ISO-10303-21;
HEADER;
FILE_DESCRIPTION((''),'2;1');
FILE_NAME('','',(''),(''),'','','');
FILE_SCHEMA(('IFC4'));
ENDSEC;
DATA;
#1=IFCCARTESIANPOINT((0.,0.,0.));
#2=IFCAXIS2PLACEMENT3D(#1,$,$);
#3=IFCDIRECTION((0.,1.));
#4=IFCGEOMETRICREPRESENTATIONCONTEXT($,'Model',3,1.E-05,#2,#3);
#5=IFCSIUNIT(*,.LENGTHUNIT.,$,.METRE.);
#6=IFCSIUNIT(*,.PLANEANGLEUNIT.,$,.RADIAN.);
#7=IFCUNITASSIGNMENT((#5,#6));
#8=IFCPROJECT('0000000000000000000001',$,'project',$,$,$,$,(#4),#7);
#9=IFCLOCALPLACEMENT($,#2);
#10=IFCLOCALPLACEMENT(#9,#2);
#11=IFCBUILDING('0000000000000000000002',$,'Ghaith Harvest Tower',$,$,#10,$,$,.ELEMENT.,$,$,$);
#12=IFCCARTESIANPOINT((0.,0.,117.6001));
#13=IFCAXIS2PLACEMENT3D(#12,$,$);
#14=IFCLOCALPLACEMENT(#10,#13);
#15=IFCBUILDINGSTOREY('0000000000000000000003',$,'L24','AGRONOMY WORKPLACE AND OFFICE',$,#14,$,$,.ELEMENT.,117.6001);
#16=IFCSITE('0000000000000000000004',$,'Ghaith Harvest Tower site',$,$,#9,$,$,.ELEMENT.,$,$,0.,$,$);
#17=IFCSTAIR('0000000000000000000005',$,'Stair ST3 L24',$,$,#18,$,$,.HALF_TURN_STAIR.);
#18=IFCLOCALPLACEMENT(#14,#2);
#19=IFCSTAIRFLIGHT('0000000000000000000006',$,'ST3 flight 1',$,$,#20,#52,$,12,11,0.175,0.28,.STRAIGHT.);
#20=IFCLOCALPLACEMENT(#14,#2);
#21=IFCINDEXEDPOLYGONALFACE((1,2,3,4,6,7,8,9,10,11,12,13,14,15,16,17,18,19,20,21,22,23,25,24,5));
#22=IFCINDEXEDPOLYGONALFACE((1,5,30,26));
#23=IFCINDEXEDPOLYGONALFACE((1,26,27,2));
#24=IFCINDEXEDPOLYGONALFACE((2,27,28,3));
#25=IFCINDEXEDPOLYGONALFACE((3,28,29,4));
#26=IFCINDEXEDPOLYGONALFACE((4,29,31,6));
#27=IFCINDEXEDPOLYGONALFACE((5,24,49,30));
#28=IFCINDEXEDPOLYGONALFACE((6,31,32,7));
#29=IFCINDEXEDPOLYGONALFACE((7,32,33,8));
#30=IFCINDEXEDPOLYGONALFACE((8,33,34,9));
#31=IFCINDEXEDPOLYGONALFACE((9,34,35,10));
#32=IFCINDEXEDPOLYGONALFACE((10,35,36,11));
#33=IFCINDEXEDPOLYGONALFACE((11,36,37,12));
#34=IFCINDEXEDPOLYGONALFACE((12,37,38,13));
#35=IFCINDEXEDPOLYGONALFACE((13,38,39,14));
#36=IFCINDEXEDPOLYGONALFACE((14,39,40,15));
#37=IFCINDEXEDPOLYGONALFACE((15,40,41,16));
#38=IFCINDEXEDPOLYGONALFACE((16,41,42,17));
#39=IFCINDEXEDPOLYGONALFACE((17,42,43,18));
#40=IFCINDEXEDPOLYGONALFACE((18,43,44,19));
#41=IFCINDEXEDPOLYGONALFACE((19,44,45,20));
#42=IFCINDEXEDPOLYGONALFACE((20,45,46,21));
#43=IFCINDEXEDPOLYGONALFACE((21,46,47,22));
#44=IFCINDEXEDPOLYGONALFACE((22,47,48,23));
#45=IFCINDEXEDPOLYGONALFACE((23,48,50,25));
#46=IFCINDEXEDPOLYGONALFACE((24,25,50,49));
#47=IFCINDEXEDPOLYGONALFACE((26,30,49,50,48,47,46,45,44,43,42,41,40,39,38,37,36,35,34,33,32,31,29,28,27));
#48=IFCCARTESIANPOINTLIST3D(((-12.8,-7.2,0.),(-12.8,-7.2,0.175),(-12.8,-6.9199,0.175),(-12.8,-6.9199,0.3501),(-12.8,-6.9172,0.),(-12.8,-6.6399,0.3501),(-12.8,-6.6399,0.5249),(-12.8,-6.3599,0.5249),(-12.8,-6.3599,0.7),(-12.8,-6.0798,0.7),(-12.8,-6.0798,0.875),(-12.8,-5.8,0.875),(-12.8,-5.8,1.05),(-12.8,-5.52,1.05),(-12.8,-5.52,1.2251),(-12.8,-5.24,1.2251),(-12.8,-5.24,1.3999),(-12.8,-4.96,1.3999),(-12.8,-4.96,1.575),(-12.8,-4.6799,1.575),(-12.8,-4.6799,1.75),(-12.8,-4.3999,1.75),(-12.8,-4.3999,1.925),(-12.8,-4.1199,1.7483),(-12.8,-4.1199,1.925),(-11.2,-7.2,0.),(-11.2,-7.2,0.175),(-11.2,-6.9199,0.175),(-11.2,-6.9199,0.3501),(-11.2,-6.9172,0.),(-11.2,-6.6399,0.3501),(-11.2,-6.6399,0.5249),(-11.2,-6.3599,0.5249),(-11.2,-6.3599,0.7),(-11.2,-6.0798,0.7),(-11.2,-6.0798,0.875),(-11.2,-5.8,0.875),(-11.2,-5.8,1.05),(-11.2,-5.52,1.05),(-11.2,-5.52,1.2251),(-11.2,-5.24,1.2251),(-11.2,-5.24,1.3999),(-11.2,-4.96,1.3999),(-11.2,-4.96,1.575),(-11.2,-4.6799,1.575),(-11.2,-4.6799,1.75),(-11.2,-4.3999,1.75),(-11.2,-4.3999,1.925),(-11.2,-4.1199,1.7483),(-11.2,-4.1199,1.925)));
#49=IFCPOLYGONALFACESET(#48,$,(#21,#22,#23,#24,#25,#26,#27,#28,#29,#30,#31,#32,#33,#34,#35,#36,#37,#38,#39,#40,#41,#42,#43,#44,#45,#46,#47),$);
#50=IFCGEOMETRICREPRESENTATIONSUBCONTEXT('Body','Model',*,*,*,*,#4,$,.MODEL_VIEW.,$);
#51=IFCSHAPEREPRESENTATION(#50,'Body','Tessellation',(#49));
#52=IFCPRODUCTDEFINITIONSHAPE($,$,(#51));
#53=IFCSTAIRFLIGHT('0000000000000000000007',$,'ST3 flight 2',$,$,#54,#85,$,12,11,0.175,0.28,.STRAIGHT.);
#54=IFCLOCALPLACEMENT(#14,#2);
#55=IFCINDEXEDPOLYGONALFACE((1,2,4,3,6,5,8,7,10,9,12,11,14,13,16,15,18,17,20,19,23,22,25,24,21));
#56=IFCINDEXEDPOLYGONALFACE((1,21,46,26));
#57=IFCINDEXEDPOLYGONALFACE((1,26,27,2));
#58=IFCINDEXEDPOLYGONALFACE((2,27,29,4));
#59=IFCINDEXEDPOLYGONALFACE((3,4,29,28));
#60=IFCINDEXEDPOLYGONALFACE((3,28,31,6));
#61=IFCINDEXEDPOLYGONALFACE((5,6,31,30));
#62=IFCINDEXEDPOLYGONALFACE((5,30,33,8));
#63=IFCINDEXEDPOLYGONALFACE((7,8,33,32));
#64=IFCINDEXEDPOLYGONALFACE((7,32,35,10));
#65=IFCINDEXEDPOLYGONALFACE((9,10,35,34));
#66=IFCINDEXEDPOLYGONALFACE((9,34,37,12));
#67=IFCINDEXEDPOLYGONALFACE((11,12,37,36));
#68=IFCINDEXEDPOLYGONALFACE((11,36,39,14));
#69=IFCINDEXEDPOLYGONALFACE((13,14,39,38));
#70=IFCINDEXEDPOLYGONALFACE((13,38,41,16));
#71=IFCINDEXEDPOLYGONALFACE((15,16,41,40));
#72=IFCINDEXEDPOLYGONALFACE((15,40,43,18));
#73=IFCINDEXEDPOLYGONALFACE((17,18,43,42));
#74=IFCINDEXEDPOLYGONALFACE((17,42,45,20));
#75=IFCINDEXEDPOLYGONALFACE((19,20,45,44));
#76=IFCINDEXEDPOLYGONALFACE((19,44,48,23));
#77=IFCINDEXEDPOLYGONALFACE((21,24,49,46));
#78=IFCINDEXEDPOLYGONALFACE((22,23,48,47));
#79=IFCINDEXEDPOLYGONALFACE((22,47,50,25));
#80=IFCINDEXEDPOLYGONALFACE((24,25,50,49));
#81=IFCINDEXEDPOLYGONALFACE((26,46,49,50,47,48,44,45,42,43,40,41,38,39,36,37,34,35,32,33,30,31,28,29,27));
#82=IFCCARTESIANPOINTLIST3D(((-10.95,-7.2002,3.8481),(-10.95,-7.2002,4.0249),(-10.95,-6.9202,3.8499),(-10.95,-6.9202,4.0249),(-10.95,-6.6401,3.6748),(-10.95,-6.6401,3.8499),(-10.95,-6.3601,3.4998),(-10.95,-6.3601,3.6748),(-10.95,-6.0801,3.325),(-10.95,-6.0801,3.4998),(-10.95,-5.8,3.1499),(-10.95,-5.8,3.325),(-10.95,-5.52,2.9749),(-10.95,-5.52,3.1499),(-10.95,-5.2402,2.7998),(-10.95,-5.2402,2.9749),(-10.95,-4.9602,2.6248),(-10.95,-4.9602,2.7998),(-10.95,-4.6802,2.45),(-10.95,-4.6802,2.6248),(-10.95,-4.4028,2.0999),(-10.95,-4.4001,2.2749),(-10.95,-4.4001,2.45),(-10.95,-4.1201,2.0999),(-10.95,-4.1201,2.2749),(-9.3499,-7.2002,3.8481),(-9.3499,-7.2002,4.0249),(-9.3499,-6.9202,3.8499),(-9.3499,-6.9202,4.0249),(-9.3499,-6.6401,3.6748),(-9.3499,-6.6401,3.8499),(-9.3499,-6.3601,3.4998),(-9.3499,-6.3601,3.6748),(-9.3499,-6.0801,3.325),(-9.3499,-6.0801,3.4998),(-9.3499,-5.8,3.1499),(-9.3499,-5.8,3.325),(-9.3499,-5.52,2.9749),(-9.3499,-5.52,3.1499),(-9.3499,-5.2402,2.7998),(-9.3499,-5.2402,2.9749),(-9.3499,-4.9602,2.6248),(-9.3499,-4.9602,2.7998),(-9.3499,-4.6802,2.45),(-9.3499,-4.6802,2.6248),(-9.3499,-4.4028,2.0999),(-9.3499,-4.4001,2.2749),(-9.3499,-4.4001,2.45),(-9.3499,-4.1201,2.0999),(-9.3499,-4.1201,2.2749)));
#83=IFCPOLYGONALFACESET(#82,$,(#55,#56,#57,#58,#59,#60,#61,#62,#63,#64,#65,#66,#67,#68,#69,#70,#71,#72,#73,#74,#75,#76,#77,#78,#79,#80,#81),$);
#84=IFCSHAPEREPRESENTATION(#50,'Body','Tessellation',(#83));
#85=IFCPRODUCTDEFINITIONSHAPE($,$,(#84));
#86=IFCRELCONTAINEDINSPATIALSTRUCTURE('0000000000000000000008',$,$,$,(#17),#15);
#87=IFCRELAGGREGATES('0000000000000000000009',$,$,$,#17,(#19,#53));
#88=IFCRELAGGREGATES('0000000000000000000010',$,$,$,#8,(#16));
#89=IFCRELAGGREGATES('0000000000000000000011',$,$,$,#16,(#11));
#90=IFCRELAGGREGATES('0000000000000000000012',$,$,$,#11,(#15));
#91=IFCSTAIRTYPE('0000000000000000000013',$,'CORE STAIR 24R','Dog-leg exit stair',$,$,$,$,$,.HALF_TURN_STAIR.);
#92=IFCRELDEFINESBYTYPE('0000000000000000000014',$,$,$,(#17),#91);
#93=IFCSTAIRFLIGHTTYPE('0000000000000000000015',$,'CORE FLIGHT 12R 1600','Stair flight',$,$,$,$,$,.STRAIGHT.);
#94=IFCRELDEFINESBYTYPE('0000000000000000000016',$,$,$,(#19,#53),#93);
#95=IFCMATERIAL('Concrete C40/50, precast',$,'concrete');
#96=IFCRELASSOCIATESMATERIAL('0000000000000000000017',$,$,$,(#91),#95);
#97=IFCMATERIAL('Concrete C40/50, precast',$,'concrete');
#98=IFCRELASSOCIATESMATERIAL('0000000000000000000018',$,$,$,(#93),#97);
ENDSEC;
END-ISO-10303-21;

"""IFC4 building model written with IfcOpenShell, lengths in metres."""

from ifc_helpers import new_model, si_unit, direction, frame, origin, place, context, subcontext, project, spatial, polyline, outline, extrude, material, type_object, element, aggregate, save


model = new_model("IFC4")

# Units and contexts
model_context = context("Model", 3, precision=1e-05, world=origin(), true_north=direction((0.0, 1.0)))
body_context = subcontext(model_context, "Body", "Model", "MODEL_VIEW")
ifc_project = project(units=[si_unit("LENGTHUNIT", "METRE"), si_unit("PLANEANGLEUNIT", "RADIAN")], contexts=[model_context])

# Site, building, storey
site_placement = place(None, origin())
site = spatial("IfcSite", under=ifc_project, at=site_placement, Name="Ghaith Harvest Tower site", CompositionType="ELEMENT", RefElevation=0.0)
building_placement = place(site_placement, origin())
building = spatial("IfcBuilding", under=site, at=building_placement, Name="Ghaith Harvest Tower", CompositionType="ELEMENT")
storey_placement = place(building_placement, frame((0.0, 0.0, 117.6001)))
storey = spatial("IfcBuildingStorey", under=building, at=storey_placement, Name="L24", Description="AGRONOMY WORKPLACE AND OFFICE", CompositionType="ELEMENT", Elevation=117.6001)

# Stair, stair flights
ifc_material_1 = material(Name="Concrete C40/50, precast", Category="concrete")
stair_type = type_object("IfcStairType", Name="CORE STAIR 24R", Description="Dog-leg exit stair", PredefinedType="HALF_TURN_STAIR", material=ifc_material_1)
stair_placement = place(storey_placement, origin())
stair = element("IfcStair", 1, at=stair_placement, inside=storey, type_object=stair_type, Name="Stair ST3 L24", PredefinedType="HALF_TURN_STAIR")
ifc_material_2 = material(Name="Concrete C40/50, precast", Category="concrete")
stair_flight_type = type_object("IfcStairFlightType", Name="CORE FLIGHT 12R 1600", Description="Stair flight", PredefinedType="STRAIGHT", material=ifc_material_2)
stair_flight_1_placement = place(storey_placement, frame((-12.0, -7.2, 0.0), z_axis=(0.0, 0.0, 1.0), x_axis=(0.0, 1.0, 0.0)))
stair_flight_1 = element("IfcStairFlight", 2, at=stair_flight_1_placement, type_object=stair_flight_type, Name="ST3 flight 1", NumberOfRisers=12, NumberOfTreads=11, PredefinedType="STRAIGHT", RiserHeight=0.175, TreadLength=0.28, context=body_context, shape_type="SweptSolid", body=[
    extrude(outline(polyline([(0.0, 0.0), (0.0, 0.175), (0.28, 0.175), (0.28, 0.3501), (0.5601, 0.3501), (0.5601, 0.5249), (0.8401, 0.5249), (0.8401, 0.7), (1.1201, 0.7), (1.1201, 0.875), (1.3999, 0.875), (1.3999, 1.05), (1.6799, 1.05), (1.6799, 1.2251), (1.96, 1.2251), (1.96, 1.3999), (2.24, 1.3999), (2.24, 1.575), (2.52, 1.575), (2.52, 1.75), (2.8, 1.75), (2.8, 1.925), (3.0801, 1.925), (3.0801, 2.1001), (3.0801, 1.7483), (0.2827, 0.0), (0.0, 0.0)])), frame((0.0, 0.8, 0.0), z_axis=(0.0, -1.0, 0.0), x_axis=(1.0, 0.0, 0.0)), (0.0, 0.0, 1.0), 1.6001),
])
stair_flight_2_placement = place(storey_placement, frame((-10.1499, -4.1201, 2.0999), z_axis=(0.0, 0.0, 1.0), x_axis=(0.0, -1.0, 0.0)))
stair_flight_2 = element("IfcStairFlight", 3, at=stair_flight_2_placement, type_object=stair_flight_type, Name="ST3 flight 2", NumberOfRisers=12, NumberOfTreads=11, PredefinedType="STRAIGHT", RiserHeight=0.175, TreadLength=0.28, context=body_context, shape_type="SweptSolid", body=[
    extrude(outline(polyline([(0.0, 0.0), (0.0, 0.175), (0.28, 0.175), (0.28, 0.3501), (0.5601, 0.3501), (0.5601, 0.5249), (0.8401, 0.5249), (0.8401, 0.7), (1.1201, 0.7), (1.1201, 0.875), (1.3999, 0.875), (1.3999, 1.05), (1.6799, 1.05), (1.6799, 1.2251), (1.96, 1.2251), (1.96, 1.3999), (2.24, 1.3999), (2.24, 1.575), (2.52, 1.575), (2.52, 1.75), (2.8, 1.75), (2.8, 1.925), (3.0801, 1.925), (3.0801, 2.1001), (3.0801, 1.7483), (0.2827, 0.0), (0.0, 0.0)])), frame((0.0, 0.8, 0.0), z_axis=(0.0, -1.0, 0.0), x_axis=(1.0, 0.0, 0.0)), (0.0, 0.0, 1.0), 1.6001),
])
aggregate(stair, [stair_flight_1, stair_flight_2])

save(model, "model.ifc")
